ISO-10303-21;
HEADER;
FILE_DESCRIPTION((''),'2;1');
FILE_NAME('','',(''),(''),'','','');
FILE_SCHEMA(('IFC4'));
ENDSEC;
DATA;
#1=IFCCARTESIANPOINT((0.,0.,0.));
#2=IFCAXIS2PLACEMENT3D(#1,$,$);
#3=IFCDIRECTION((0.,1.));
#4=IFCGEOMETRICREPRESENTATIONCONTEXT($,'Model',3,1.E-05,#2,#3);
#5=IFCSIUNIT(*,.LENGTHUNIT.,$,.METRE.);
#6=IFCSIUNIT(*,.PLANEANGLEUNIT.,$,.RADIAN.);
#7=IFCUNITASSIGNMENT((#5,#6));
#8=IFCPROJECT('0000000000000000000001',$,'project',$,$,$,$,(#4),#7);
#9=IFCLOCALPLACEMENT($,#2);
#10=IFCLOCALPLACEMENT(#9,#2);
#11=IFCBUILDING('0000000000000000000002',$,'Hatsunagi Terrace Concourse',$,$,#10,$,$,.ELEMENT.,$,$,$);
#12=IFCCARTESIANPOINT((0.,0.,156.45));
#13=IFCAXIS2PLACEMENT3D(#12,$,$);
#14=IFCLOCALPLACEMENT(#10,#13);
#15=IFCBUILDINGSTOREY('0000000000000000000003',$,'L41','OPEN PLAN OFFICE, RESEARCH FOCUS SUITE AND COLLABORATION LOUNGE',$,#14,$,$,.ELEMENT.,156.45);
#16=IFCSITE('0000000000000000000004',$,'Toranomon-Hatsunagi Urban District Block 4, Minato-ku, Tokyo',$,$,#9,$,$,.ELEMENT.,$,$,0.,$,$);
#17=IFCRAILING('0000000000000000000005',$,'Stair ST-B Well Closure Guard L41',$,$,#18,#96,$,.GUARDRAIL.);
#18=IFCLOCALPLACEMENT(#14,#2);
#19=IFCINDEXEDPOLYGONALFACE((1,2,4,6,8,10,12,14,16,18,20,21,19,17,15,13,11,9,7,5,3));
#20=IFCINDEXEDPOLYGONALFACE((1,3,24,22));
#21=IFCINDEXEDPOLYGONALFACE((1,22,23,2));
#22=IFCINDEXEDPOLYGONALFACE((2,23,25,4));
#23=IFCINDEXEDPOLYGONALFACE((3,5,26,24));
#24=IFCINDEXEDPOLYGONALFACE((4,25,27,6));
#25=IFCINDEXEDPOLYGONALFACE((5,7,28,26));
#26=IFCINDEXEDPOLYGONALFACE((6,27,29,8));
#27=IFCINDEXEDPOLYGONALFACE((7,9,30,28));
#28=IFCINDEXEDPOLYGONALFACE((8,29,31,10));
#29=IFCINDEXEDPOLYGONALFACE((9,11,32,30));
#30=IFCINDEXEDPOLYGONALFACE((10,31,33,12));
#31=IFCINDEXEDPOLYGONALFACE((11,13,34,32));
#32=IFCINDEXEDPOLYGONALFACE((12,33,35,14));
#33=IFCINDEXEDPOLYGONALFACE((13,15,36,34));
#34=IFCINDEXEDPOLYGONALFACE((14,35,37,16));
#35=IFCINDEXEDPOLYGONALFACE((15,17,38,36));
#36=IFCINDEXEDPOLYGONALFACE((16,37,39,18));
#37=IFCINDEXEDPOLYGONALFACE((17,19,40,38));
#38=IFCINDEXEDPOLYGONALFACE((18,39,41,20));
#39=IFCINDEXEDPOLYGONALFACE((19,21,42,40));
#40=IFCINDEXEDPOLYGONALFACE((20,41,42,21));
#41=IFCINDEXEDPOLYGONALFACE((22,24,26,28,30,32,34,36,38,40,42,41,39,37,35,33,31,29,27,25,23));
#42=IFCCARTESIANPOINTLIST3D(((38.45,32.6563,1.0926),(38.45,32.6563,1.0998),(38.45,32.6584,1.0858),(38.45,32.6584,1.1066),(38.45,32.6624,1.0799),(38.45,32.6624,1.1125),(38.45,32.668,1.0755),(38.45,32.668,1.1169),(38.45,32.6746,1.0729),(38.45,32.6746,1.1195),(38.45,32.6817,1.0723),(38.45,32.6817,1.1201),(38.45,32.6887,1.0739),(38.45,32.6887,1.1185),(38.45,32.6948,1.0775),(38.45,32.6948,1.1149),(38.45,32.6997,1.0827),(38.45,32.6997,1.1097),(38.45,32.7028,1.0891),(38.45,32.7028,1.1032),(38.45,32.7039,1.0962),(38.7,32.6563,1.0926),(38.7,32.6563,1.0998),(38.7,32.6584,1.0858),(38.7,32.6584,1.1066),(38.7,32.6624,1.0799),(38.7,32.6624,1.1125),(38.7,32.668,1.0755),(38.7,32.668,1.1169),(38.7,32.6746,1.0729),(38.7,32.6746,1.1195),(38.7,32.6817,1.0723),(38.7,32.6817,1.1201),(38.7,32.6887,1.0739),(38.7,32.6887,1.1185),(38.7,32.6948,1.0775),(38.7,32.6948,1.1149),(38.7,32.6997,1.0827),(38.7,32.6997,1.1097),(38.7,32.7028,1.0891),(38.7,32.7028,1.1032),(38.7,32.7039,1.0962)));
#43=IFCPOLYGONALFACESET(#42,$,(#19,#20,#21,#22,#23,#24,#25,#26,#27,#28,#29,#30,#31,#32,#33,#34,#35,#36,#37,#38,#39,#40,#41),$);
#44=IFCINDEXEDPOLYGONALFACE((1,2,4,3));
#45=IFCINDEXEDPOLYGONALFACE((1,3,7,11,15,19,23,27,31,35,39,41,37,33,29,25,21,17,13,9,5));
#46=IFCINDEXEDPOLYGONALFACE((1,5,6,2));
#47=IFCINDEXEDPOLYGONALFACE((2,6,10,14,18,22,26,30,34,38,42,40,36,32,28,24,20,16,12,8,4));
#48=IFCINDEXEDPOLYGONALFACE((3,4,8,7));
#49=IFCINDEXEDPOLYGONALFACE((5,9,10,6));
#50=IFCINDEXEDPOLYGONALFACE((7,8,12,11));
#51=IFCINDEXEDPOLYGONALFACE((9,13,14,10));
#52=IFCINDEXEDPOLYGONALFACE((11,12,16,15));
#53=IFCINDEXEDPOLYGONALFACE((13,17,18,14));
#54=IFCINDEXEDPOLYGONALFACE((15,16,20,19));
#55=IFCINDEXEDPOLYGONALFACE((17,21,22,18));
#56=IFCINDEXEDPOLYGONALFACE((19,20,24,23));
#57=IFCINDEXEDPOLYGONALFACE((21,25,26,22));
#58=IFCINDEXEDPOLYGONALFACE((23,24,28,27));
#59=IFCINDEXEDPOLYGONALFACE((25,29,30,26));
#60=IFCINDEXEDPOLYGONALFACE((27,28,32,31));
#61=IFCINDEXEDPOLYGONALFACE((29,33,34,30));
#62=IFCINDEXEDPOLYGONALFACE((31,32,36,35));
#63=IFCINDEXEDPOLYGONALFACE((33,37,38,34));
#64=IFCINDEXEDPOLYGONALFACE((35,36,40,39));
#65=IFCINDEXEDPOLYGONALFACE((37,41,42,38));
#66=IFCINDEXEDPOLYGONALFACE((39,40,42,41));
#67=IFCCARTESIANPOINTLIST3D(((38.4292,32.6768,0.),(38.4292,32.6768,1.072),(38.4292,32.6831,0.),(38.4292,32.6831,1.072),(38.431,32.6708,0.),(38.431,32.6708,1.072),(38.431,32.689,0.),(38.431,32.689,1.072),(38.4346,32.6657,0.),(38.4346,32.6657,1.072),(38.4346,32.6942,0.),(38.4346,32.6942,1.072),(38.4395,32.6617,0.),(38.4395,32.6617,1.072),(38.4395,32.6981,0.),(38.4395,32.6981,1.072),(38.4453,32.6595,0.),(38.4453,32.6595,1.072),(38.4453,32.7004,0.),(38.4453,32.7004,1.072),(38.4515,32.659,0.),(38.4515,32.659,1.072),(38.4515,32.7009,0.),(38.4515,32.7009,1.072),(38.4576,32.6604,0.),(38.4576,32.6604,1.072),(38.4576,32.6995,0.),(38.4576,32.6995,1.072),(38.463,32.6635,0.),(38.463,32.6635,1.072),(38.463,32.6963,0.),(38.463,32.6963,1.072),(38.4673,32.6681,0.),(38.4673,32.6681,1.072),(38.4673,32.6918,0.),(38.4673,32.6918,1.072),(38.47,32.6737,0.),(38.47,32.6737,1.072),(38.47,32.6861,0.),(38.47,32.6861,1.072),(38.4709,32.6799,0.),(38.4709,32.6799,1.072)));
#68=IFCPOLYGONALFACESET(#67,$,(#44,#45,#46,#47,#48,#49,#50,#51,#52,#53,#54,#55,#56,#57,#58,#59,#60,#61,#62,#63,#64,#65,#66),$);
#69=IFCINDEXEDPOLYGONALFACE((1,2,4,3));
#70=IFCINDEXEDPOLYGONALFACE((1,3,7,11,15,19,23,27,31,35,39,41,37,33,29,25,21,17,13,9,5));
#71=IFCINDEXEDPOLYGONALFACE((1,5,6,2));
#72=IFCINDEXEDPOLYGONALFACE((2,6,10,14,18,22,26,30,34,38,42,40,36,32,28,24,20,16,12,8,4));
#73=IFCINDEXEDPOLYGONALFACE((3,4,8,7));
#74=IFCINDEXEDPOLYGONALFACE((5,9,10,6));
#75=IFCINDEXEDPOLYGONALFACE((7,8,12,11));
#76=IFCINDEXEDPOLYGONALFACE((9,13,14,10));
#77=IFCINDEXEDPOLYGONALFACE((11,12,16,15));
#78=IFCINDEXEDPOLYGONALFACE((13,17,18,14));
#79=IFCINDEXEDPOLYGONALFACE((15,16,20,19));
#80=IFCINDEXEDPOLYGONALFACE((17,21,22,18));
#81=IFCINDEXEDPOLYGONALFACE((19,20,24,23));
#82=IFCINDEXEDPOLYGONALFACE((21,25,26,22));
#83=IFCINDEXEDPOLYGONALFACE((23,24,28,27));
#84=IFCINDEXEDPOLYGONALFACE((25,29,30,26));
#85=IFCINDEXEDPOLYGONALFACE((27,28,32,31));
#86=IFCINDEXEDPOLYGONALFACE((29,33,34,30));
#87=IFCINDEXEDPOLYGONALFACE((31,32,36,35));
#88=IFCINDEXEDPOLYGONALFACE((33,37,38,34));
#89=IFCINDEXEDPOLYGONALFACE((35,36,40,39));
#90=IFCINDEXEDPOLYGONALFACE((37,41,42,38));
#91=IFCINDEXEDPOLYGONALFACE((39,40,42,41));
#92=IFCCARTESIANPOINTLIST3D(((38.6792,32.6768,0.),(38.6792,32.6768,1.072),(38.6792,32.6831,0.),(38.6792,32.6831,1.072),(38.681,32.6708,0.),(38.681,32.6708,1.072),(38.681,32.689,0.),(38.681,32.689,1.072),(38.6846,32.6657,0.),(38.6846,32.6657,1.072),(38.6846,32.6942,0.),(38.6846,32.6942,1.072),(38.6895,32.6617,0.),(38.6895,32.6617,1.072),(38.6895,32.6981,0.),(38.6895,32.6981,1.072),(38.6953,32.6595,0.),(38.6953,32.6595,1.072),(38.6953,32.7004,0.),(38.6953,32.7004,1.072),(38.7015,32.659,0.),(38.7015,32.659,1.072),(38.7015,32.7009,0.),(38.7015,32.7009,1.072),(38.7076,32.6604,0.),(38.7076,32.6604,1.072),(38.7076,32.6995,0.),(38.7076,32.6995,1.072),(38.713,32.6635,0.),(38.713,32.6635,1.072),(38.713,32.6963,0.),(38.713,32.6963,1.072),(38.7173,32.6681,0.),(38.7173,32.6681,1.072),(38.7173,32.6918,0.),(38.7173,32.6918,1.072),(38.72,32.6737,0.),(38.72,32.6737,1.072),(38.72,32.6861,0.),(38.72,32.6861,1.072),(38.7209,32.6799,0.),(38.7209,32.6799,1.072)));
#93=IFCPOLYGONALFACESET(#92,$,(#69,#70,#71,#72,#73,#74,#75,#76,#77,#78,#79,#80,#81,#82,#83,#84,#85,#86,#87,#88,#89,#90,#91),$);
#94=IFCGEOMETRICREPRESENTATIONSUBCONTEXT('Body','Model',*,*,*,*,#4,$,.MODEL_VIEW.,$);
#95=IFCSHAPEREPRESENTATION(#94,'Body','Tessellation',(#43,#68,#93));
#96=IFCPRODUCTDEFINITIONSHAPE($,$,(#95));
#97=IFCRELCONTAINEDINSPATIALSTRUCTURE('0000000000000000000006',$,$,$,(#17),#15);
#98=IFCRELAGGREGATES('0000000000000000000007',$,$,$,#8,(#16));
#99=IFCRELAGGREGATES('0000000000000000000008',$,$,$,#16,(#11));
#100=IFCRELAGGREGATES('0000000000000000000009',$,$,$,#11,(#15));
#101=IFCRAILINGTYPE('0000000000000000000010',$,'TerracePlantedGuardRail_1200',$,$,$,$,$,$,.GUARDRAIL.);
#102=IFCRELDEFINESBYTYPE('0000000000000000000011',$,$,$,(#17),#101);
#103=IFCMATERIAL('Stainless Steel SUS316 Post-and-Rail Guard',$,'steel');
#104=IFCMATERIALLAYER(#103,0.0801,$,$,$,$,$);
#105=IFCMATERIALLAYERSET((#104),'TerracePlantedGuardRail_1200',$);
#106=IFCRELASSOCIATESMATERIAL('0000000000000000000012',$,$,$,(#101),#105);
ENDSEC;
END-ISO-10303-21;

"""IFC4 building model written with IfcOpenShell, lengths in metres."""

from ifc_helpers import new_model, si_unit, direction, frame, origin, origin_2d, place, context, subcontext, project, spatial, circle, extrude, material, layer, layer_set, type_object, element, save


model = new_model("IFC4")

# Units and contexts
model_context = context("Model", 3, precision=1e-05, world=origin(), true_north=direction((0.0, 1.0)))
body_context = subcontext(model_context, "Body", "Model", "MODEL_VIEW")
ifc_project = project(units=[si_unit("LENGTHUNIT", "METRE"), si_unit("PLANEANGLEUNIT", "RADIAN")], contexts=[model_context])

# Site, building, storey
site_placement = place(None, origin())
site = spatial("IfcSite", under=ifc_project, at=site_placement, Name="Toranomon-Hatsunagi Urban District Block 4, Minato-ku, Tokyo", CompositionType="ELEMENT", RefElevation=0.0)
building_placement = place(site_placement, origin())
building = spatial("IfcBuilding", under=site, at=building_placement, Name="Hatsunagi Terrace Concourse", CompositionType="ELEMENT")
storey_placement = place(building_placement, frame((0.0, 0.0, 156.45)))
storey = spatial("IfcBuildingStorey", under=building, at=storey_placement, Name="L41", Description="OPEN PLAN OFFICE, RESEARCH FOCUS SUITE AND COLLABORATION LOUNGE", CompositionType="ELEMENT", Elevation=156.45)

# Railing
ifc_material_1 = material(Name="Stainless Steel SUS316 Post-and-Rail Guard", Category="steel")
ifc_layer_1 = layer(ifc_material_1, 0.0801)
ifc_layer_set_1 = layer_set([ifc_layer_1], Name="TerracePlantedGuardRail_1200")
railing_type_1 = type_object("IfcRailingType", Name="TerracePlantedGuardRail_1200", PredefinedType="GUARDRAIL", material=ifc_layer_set_1)
railing_1_placement = place(storey_placement, frame((38.45, 32.6799, 0.0)))
element("IfcRailing", 1, at=railing_1_placement, inside=storey, type_object=railing_type_1, Name="Stair ST-B Well Closure Guard L41", PredefinedType="GUARDRAIL", context=body_context, shape_type="SweptSolid", body=[
    extrude(circle(Radius=0.0239, at=origin_2d()), frame((0.0, 0.0, 1.0962), z_axis=(1.0, 0.0, 0.0), x_axis=(0.0, 1.0, 0.0)), (0.0, 0.0, 1.0), 0.25),
    extrude(circle(Radius=0.021, at=origin_2d()), origin(), (0.0, 0.0, 1.0), 1.072),
    extrude(circle(Radius=0.021, at=origin_2d()), frame((0.25, 0.0, 0.0)), (0.0, 0.0, 1.0), 1.072),
])

save(model, "model.ifc")
